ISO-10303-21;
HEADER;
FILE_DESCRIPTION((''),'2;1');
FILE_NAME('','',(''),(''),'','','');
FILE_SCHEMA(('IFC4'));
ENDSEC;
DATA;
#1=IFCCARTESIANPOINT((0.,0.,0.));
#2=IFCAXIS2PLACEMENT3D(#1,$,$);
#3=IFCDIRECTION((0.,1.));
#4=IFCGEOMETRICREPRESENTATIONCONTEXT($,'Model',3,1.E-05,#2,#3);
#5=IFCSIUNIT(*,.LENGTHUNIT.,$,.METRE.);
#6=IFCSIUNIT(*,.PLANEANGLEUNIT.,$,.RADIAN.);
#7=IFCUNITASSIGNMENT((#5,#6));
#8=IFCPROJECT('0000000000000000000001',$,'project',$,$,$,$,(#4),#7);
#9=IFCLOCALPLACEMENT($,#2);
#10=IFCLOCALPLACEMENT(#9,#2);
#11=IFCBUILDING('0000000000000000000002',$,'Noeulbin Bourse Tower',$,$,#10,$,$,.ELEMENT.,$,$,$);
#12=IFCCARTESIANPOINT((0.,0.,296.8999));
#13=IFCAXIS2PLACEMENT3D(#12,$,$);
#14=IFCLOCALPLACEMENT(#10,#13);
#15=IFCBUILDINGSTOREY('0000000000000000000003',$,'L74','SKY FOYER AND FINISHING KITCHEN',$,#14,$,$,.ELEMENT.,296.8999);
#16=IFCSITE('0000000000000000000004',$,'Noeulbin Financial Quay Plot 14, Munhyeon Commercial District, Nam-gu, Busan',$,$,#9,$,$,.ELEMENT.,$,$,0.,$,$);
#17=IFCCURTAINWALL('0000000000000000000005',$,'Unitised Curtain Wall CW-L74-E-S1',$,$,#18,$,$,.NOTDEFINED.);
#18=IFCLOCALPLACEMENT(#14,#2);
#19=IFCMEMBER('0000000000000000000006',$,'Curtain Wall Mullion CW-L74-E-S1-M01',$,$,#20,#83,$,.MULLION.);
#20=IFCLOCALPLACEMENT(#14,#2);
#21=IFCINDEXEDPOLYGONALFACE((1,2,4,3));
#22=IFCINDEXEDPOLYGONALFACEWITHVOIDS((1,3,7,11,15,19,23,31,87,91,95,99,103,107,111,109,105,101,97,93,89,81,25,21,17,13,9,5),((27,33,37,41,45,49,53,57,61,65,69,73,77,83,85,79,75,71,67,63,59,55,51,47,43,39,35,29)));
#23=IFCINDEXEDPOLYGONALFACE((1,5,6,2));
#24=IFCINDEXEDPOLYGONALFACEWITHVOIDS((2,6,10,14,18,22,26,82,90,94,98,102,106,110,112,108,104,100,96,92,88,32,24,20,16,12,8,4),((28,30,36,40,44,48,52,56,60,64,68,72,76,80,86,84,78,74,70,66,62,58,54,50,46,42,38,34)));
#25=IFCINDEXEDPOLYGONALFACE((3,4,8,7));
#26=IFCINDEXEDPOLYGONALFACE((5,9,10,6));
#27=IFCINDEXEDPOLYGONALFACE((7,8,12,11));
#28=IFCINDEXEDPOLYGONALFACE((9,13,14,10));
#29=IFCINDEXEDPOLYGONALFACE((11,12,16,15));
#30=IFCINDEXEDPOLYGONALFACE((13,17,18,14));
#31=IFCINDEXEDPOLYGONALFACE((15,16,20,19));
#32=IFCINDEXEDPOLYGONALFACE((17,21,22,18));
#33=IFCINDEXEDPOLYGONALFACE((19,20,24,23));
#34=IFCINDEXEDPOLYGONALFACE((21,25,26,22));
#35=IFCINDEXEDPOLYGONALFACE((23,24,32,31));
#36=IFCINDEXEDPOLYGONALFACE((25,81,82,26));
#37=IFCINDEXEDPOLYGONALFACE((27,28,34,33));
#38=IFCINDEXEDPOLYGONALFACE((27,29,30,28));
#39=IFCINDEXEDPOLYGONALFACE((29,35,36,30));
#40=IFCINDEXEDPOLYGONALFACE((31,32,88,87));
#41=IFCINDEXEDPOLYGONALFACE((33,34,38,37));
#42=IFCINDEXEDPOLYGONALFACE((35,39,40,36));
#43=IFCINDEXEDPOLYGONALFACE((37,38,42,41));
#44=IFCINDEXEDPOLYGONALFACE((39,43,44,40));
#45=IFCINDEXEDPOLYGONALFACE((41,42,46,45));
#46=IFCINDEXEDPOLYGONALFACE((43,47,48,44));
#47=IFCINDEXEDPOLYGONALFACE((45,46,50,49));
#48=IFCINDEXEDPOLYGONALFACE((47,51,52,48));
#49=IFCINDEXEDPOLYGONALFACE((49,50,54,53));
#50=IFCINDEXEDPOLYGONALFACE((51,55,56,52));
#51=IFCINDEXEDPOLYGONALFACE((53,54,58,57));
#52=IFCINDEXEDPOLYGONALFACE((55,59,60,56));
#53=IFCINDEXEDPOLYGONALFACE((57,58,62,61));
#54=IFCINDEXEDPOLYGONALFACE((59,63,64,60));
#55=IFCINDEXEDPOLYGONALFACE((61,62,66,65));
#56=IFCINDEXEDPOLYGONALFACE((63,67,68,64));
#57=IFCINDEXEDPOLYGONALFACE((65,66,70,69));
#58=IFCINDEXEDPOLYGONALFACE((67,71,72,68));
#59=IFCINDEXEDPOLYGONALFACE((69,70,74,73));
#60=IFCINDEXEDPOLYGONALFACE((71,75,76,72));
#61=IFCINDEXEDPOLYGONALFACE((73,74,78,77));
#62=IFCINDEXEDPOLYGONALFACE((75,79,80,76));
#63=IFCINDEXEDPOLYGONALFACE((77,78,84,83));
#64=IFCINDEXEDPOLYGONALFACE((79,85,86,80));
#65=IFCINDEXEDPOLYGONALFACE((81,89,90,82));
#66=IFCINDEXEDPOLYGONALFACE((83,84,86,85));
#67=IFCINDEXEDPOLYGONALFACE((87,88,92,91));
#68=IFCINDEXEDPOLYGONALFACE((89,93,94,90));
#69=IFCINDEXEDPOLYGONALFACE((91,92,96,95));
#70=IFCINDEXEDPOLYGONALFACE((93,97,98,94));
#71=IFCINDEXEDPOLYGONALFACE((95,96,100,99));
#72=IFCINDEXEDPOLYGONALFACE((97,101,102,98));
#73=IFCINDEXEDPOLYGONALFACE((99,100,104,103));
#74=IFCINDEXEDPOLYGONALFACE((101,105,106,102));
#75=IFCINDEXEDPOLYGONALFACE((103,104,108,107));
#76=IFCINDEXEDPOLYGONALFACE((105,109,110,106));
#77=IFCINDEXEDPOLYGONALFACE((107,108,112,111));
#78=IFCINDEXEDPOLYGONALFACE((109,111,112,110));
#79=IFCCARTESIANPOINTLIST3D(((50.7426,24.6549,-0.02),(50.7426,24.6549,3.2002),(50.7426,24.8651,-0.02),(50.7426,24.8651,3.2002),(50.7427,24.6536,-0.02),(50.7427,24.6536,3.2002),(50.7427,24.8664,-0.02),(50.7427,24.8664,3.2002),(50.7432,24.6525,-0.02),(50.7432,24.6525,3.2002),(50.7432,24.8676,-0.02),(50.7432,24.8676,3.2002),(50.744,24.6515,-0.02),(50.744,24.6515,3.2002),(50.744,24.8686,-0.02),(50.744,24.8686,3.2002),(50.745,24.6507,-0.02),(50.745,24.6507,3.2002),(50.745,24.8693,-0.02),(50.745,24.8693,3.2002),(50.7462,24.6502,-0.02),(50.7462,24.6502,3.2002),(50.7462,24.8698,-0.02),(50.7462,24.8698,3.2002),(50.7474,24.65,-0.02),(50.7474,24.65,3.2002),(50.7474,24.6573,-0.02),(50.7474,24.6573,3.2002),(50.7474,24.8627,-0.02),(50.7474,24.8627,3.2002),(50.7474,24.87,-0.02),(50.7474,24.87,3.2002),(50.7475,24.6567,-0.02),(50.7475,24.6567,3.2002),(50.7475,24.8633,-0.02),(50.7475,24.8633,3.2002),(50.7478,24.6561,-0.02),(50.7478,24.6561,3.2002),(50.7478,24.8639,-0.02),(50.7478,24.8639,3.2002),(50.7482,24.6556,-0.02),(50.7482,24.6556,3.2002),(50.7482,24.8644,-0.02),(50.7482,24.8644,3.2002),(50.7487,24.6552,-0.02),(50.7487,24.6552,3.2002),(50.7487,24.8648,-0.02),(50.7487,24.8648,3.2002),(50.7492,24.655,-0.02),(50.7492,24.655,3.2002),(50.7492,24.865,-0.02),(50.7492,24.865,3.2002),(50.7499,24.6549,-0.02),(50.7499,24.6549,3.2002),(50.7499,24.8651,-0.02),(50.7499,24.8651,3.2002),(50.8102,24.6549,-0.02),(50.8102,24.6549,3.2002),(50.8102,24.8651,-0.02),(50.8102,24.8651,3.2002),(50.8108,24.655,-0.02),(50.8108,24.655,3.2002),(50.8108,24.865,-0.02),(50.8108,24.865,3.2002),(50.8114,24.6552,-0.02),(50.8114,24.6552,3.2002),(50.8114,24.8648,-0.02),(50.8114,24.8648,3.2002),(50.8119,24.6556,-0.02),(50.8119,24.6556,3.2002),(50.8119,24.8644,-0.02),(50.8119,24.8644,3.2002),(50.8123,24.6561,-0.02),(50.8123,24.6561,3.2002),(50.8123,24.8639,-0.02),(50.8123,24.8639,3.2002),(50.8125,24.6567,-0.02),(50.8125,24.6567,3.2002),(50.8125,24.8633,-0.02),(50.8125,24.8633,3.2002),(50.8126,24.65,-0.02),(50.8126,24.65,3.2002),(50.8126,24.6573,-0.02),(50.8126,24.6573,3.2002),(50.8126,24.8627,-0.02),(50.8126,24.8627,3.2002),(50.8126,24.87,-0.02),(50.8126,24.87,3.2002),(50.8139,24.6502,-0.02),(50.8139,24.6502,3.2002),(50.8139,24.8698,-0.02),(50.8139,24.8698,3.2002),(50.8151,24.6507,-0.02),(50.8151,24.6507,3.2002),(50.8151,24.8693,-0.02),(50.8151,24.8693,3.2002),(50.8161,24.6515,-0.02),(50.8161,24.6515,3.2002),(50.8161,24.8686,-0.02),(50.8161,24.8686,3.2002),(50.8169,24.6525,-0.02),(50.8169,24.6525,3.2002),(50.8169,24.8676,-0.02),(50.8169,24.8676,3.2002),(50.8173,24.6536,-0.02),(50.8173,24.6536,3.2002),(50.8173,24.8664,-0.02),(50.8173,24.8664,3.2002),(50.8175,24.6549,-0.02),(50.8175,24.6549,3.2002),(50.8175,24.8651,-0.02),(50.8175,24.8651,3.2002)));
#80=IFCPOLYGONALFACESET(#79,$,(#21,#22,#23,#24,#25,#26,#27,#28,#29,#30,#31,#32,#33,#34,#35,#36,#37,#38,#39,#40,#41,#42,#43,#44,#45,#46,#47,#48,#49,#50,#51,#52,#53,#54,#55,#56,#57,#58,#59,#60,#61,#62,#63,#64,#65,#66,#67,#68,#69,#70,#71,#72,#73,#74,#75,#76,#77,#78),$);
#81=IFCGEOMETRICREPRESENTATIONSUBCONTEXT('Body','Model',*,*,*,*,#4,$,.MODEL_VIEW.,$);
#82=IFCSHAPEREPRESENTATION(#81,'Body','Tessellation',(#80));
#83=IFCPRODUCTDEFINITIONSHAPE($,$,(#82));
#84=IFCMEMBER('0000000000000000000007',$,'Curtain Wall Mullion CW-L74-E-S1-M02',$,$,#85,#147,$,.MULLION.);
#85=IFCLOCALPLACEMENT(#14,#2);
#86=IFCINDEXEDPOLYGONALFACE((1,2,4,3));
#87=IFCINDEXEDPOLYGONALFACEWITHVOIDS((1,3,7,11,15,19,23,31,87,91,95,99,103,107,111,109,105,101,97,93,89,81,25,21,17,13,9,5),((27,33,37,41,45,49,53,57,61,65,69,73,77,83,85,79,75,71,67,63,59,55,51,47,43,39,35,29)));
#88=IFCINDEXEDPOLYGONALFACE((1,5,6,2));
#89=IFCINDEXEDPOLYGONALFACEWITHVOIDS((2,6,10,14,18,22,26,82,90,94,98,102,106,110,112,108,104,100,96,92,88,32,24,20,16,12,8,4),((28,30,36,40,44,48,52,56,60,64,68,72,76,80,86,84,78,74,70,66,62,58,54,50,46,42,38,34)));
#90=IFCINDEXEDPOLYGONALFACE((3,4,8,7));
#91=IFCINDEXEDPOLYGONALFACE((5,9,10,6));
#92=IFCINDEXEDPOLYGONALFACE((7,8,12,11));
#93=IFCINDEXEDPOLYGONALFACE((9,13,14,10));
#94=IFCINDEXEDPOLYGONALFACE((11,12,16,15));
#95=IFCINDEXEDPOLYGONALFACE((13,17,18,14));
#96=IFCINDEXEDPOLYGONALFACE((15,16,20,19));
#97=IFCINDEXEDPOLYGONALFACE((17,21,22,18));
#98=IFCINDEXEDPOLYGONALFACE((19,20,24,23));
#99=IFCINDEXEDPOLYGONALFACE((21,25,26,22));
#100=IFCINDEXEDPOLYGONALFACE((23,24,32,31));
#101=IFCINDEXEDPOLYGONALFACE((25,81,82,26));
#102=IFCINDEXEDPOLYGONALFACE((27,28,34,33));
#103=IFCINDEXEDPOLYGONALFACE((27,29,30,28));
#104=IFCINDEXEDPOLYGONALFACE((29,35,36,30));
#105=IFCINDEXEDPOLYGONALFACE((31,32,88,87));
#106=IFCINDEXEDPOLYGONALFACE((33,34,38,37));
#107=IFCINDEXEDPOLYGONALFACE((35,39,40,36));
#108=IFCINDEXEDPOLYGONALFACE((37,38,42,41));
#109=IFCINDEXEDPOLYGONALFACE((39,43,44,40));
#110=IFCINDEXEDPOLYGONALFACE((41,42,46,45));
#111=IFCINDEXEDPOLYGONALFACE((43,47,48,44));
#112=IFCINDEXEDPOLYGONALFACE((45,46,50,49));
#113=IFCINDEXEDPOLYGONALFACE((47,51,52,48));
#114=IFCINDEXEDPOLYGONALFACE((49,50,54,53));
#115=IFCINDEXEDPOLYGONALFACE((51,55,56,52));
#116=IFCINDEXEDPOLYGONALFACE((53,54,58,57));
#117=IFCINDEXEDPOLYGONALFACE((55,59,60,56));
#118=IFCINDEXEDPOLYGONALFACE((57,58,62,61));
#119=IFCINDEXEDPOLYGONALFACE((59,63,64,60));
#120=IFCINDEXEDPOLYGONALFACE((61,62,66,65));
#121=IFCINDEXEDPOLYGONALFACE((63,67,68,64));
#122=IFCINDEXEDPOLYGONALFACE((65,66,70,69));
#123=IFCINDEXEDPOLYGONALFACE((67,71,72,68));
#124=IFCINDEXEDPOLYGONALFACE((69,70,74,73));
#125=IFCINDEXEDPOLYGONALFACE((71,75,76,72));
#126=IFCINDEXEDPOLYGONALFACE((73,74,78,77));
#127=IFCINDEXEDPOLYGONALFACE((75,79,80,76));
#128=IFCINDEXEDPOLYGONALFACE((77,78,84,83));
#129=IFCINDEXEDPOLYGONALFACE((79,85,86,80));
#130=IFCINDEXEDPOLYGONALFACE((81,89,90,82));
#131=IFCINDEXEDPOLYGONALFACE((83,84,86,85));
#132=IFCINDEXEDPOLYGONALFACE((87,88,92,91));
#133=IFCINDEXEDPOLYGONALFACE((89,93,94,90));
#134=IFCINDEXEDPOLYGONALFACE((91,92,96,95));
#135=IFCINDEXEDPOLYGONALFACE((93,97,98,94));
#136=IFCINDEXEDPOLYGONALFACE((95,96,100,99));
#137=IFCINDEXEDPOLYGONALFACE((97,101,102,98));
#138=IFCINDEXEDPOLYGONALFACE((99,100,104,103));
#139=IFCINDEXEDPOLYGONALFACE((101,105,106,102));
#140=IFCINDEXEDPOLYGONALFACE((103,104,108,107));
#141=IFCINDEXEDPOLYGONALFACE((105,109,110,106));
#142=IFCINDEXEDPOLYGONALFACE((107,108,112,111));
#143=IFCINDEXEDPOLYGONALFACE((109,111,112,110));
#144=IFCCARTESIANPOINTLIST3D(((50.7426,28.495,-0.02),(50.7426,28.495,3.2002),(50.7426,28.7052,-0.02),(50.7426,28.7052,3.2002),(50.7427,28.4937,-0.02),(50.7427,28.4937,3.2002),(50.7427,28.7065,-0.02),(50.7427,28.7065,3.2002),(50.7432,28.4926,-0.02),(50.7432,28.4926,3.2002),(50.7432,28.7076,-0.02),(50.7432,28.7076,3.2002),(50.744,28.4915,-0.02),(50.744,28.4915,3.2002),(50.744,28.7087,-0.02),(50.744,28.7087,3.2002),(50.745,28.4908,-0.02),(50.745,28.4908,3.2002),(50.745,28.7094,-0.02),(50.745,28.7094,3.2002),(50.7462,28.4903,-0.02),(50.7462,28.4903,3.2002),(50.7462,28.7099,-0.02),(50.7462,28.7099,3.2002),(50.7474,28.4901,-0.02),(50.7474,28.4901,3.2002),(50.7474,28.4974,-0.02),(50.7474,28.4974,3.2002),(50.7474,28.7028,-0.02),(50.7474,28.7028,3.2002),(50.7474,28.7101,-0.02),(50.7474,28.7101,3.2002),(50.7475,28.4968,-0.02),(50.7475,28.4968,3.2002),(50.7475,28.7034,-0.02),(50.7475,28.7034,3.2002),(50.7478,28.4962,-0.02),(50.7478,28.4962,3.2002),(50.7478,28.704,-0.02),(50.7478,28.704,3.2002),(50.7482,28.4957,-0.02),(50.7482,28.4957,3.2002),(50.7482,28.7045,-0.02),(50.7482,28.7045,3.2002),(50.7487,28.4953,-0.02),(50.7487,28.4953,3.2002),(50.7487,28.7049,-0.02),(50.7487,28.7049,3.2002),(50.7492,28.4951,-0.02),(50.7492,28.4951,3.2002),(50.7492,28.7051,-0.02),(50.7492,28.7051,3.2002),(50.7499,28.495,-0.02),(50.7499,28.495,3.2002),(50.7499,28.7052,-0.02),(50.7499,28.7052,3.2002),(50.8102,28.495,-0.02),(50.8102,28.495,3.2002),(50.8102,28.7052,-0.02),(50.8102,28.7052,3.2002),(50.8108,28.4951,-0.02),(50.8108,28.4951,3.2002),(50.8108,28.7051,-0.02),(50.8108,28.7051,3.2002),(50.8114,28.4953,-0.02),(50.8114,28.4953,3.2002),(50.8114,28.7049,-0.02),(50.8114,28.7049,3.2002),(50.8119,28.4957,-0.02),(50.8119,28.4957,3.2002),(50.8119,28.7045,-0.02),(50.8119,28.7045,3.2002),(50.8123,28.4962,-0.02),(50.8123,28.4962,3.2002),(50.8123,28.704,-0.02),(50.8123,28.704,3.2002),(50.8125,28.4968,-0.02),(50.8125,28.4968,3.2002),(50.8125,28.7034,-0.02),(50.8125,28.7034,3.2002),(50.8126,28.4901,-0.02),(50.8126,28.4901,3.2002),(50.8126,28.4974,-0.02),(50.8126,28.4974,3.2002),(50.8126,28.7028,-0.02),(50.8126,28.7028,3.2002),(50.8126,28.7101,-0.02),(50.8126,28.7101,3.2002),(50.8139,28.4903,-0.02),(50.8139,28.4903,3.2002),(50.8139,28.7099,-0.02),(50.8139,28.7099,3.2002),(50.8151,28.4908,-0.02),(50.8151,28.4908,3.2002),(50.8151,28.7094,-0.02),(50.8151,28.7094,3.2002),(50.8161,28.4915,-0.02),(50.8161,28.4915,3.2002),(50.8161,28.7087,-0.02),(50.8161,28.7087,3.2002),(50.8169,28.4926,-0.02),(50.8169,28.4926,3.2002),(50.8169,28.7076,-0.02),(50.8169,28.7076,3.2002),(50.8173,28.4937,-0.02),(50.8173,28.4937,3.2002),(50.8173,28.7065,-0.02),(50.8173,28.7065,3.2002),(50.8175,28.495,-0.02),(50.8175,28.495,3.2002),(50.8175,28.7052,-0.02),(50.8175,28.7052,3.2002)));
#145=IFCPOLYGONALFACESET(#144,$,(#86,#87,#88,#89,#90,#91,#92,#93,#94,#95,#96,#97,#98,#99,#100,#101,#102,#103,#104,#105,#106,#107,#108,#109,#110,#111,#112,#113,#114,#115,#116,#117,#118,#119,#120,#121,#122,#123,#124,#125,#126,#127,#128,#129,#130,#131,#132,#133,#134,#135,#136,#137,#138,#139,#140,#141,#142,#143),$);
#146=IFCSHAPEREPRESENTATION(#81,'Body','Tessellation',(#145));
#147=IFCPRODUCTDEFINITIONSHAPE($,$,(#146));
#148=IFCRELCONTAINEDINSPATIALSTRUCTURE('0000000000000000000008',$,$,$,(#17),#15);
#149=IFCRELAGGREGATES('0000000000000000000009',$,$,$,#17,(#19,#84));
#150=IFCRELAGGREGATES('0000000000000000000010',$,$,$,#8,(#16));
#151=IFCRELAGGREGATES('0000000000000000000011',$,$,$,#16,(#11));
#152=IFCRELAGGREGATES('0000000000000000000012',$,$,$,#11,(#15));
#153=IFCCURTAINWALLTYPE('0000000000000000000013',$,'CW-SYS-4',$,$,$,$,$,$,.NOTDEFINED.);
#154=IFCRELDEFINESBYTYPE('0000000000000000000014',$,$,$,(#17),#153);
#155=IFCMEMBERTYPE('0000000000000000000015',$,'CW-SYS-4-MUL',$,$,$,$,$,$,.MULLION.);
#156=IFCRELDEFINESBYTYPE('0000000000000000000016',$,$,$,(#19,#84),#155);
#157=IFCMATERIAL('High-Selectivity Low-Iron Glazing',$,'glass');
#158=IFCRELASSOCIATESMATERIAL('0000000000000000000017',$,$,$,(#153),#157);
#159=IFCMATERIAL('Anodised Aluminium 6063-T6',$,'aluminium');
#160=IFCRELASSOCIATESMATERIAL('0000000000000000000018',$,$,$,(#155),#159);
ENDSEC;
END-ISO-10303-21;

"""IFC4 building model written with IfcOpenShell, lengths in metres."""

from ifc_helpers import new_model, si_unit, direction, frame, origin, origin_2d, place, context, subcontext, project, spatial, hollow_rectangle, extrude, material, material_profile, profile_set, type_object, element, aggregate, save


model = new_model("IFC4")

# Units and contexts
model_context = context("Model", 3, precision=1e-05, world=origin(), true_north=direction((0.0, 1.0)))
body_context = subcontext(model_context, "Body", "Model", "MODEL_VIEW")
ifc_project = project(units=[si_unit("LENGTHUNIT", "METRE"), si_unit("PLANEANGLEUNIT", "RADIAN")], contexts=[model_context])

# Site, building, storey
site_placement = place(None, origin())
site = spatial("IfcSite", under=ifc_project, at=site_placement, Name="Noeulbin Financial Quay Plot 14, Munhyeon Commercial District, Nam-gu, Busan", CompositionType="ELEMENT", RefElevation=0.0)
building_placement = place(site_placement, origin())
building = spatial("IfcBuilding", under=site, at=building_placement, Name="Noeulbin Bourse Tower", CompositionType="ELEMENT")
storey_placement = place(building_placement, frame((0.0, 0.0, 296.8999)))
storey = spatial("IfcBuildingStorey", under=building, at=storey_placement, Name="L74", Description="SKY FOYER AND FINISHING KITCHEN", CompositionType="ELEMENT", Elevation=296.8999)

# Curtain wall, members
ifc_material_1 = material(Name="High-Selectivity Low-Iron Glazing", Category="glass")
curtain_wall_type = type_object("IfcCurtainWallType", Name="CW-SYS-4", PredefinedType="NOTDEFINED", material=ifc_material_1)
curtain_wall_1_placement = place(storey_placement, origin())
curtain_wall_1 = element("IfcCurtainWall", 1, at=curtain_wall_1_placement, inside=storey, type_object=curtain_wall_type, Name="Unitised Curtain Wall CW-L74-E-S1", PredefinedType="NOTDEFINED")
ifc_material_2 = material(Name="Anodised Aluminium 6063-T6", Category="aluminium")
ifc_material_profile_1 = material_profile(ifc_material_2, hollow_rectangle(XDim=0.075, YDim=0.22, WallThickness=0.0049, InnerFilletRadius=0.0024, OuterFilletRadius=0.0049, at=origin_2d()), Name="ALU-MULL-75x220x5", Category="LoadBearing")
ifc_profile_set_1 = profile_set([ifc_material_profile_1], Name="Anodised Aluminium 6063-T6")
member_type_1 = type_object("IfcMemberType", Name="CW-SYS-4-MUL", PredefinedType="MULLION", material=ifc_profile_set_1)
member_1_placement = place(storey_placement, frame((50.78, 24.76, -0.02), z_axis=(0.0, 0.0, 1.0), x_axis=(1.0, 0.0, 0.0)))
member_1 = element("IfcMember", 2, at=member_1_placement, type_object=member_type_1, Name="Curtain Wall Mullion CW-L74-E-S1-M01", PredefinedType="MULLION", context=body_context, shape_type="SweptSolid", body=[
    extrude(hollow_rectangle(XDim=0.075, YDim=0.22, WallThickness=0.0049, InnerFilletRadius=0.0024, OuterFilletRadius=0.0049, at=origin_2d()), origin(), (0.0, 0.0, 1.0), 3.2202),
])
member_2_placement = place(storey_placement, frame((50.78, 28.6001, -0.02), z_axis=(0.0, 0.0, 1.0), x_axis=(1.0, 0.0, 0.0)))
member_2 = element("IfcMember", 3, at=member_2_placement, type_object=member_type_1, Name="Curtain Wall Mullion CW-L74-E-S1-M02", PredefinedType="MULLION", context=body_context, shape_type="SweptSolid", body=[
    extrude(hollow_rectangle(XDim=0.075, YDim=0.22, WallThickness=0.0049, InnerFilletRadius=0.0024, OuterFilletRadius=0.0049, at=origin_2d()), origin(), (0.0, 0.0, 1.0), 3.2202),
])

aggregate(curtain_wall_1, [member_1, member_2])

save(model, "model.ifc")
